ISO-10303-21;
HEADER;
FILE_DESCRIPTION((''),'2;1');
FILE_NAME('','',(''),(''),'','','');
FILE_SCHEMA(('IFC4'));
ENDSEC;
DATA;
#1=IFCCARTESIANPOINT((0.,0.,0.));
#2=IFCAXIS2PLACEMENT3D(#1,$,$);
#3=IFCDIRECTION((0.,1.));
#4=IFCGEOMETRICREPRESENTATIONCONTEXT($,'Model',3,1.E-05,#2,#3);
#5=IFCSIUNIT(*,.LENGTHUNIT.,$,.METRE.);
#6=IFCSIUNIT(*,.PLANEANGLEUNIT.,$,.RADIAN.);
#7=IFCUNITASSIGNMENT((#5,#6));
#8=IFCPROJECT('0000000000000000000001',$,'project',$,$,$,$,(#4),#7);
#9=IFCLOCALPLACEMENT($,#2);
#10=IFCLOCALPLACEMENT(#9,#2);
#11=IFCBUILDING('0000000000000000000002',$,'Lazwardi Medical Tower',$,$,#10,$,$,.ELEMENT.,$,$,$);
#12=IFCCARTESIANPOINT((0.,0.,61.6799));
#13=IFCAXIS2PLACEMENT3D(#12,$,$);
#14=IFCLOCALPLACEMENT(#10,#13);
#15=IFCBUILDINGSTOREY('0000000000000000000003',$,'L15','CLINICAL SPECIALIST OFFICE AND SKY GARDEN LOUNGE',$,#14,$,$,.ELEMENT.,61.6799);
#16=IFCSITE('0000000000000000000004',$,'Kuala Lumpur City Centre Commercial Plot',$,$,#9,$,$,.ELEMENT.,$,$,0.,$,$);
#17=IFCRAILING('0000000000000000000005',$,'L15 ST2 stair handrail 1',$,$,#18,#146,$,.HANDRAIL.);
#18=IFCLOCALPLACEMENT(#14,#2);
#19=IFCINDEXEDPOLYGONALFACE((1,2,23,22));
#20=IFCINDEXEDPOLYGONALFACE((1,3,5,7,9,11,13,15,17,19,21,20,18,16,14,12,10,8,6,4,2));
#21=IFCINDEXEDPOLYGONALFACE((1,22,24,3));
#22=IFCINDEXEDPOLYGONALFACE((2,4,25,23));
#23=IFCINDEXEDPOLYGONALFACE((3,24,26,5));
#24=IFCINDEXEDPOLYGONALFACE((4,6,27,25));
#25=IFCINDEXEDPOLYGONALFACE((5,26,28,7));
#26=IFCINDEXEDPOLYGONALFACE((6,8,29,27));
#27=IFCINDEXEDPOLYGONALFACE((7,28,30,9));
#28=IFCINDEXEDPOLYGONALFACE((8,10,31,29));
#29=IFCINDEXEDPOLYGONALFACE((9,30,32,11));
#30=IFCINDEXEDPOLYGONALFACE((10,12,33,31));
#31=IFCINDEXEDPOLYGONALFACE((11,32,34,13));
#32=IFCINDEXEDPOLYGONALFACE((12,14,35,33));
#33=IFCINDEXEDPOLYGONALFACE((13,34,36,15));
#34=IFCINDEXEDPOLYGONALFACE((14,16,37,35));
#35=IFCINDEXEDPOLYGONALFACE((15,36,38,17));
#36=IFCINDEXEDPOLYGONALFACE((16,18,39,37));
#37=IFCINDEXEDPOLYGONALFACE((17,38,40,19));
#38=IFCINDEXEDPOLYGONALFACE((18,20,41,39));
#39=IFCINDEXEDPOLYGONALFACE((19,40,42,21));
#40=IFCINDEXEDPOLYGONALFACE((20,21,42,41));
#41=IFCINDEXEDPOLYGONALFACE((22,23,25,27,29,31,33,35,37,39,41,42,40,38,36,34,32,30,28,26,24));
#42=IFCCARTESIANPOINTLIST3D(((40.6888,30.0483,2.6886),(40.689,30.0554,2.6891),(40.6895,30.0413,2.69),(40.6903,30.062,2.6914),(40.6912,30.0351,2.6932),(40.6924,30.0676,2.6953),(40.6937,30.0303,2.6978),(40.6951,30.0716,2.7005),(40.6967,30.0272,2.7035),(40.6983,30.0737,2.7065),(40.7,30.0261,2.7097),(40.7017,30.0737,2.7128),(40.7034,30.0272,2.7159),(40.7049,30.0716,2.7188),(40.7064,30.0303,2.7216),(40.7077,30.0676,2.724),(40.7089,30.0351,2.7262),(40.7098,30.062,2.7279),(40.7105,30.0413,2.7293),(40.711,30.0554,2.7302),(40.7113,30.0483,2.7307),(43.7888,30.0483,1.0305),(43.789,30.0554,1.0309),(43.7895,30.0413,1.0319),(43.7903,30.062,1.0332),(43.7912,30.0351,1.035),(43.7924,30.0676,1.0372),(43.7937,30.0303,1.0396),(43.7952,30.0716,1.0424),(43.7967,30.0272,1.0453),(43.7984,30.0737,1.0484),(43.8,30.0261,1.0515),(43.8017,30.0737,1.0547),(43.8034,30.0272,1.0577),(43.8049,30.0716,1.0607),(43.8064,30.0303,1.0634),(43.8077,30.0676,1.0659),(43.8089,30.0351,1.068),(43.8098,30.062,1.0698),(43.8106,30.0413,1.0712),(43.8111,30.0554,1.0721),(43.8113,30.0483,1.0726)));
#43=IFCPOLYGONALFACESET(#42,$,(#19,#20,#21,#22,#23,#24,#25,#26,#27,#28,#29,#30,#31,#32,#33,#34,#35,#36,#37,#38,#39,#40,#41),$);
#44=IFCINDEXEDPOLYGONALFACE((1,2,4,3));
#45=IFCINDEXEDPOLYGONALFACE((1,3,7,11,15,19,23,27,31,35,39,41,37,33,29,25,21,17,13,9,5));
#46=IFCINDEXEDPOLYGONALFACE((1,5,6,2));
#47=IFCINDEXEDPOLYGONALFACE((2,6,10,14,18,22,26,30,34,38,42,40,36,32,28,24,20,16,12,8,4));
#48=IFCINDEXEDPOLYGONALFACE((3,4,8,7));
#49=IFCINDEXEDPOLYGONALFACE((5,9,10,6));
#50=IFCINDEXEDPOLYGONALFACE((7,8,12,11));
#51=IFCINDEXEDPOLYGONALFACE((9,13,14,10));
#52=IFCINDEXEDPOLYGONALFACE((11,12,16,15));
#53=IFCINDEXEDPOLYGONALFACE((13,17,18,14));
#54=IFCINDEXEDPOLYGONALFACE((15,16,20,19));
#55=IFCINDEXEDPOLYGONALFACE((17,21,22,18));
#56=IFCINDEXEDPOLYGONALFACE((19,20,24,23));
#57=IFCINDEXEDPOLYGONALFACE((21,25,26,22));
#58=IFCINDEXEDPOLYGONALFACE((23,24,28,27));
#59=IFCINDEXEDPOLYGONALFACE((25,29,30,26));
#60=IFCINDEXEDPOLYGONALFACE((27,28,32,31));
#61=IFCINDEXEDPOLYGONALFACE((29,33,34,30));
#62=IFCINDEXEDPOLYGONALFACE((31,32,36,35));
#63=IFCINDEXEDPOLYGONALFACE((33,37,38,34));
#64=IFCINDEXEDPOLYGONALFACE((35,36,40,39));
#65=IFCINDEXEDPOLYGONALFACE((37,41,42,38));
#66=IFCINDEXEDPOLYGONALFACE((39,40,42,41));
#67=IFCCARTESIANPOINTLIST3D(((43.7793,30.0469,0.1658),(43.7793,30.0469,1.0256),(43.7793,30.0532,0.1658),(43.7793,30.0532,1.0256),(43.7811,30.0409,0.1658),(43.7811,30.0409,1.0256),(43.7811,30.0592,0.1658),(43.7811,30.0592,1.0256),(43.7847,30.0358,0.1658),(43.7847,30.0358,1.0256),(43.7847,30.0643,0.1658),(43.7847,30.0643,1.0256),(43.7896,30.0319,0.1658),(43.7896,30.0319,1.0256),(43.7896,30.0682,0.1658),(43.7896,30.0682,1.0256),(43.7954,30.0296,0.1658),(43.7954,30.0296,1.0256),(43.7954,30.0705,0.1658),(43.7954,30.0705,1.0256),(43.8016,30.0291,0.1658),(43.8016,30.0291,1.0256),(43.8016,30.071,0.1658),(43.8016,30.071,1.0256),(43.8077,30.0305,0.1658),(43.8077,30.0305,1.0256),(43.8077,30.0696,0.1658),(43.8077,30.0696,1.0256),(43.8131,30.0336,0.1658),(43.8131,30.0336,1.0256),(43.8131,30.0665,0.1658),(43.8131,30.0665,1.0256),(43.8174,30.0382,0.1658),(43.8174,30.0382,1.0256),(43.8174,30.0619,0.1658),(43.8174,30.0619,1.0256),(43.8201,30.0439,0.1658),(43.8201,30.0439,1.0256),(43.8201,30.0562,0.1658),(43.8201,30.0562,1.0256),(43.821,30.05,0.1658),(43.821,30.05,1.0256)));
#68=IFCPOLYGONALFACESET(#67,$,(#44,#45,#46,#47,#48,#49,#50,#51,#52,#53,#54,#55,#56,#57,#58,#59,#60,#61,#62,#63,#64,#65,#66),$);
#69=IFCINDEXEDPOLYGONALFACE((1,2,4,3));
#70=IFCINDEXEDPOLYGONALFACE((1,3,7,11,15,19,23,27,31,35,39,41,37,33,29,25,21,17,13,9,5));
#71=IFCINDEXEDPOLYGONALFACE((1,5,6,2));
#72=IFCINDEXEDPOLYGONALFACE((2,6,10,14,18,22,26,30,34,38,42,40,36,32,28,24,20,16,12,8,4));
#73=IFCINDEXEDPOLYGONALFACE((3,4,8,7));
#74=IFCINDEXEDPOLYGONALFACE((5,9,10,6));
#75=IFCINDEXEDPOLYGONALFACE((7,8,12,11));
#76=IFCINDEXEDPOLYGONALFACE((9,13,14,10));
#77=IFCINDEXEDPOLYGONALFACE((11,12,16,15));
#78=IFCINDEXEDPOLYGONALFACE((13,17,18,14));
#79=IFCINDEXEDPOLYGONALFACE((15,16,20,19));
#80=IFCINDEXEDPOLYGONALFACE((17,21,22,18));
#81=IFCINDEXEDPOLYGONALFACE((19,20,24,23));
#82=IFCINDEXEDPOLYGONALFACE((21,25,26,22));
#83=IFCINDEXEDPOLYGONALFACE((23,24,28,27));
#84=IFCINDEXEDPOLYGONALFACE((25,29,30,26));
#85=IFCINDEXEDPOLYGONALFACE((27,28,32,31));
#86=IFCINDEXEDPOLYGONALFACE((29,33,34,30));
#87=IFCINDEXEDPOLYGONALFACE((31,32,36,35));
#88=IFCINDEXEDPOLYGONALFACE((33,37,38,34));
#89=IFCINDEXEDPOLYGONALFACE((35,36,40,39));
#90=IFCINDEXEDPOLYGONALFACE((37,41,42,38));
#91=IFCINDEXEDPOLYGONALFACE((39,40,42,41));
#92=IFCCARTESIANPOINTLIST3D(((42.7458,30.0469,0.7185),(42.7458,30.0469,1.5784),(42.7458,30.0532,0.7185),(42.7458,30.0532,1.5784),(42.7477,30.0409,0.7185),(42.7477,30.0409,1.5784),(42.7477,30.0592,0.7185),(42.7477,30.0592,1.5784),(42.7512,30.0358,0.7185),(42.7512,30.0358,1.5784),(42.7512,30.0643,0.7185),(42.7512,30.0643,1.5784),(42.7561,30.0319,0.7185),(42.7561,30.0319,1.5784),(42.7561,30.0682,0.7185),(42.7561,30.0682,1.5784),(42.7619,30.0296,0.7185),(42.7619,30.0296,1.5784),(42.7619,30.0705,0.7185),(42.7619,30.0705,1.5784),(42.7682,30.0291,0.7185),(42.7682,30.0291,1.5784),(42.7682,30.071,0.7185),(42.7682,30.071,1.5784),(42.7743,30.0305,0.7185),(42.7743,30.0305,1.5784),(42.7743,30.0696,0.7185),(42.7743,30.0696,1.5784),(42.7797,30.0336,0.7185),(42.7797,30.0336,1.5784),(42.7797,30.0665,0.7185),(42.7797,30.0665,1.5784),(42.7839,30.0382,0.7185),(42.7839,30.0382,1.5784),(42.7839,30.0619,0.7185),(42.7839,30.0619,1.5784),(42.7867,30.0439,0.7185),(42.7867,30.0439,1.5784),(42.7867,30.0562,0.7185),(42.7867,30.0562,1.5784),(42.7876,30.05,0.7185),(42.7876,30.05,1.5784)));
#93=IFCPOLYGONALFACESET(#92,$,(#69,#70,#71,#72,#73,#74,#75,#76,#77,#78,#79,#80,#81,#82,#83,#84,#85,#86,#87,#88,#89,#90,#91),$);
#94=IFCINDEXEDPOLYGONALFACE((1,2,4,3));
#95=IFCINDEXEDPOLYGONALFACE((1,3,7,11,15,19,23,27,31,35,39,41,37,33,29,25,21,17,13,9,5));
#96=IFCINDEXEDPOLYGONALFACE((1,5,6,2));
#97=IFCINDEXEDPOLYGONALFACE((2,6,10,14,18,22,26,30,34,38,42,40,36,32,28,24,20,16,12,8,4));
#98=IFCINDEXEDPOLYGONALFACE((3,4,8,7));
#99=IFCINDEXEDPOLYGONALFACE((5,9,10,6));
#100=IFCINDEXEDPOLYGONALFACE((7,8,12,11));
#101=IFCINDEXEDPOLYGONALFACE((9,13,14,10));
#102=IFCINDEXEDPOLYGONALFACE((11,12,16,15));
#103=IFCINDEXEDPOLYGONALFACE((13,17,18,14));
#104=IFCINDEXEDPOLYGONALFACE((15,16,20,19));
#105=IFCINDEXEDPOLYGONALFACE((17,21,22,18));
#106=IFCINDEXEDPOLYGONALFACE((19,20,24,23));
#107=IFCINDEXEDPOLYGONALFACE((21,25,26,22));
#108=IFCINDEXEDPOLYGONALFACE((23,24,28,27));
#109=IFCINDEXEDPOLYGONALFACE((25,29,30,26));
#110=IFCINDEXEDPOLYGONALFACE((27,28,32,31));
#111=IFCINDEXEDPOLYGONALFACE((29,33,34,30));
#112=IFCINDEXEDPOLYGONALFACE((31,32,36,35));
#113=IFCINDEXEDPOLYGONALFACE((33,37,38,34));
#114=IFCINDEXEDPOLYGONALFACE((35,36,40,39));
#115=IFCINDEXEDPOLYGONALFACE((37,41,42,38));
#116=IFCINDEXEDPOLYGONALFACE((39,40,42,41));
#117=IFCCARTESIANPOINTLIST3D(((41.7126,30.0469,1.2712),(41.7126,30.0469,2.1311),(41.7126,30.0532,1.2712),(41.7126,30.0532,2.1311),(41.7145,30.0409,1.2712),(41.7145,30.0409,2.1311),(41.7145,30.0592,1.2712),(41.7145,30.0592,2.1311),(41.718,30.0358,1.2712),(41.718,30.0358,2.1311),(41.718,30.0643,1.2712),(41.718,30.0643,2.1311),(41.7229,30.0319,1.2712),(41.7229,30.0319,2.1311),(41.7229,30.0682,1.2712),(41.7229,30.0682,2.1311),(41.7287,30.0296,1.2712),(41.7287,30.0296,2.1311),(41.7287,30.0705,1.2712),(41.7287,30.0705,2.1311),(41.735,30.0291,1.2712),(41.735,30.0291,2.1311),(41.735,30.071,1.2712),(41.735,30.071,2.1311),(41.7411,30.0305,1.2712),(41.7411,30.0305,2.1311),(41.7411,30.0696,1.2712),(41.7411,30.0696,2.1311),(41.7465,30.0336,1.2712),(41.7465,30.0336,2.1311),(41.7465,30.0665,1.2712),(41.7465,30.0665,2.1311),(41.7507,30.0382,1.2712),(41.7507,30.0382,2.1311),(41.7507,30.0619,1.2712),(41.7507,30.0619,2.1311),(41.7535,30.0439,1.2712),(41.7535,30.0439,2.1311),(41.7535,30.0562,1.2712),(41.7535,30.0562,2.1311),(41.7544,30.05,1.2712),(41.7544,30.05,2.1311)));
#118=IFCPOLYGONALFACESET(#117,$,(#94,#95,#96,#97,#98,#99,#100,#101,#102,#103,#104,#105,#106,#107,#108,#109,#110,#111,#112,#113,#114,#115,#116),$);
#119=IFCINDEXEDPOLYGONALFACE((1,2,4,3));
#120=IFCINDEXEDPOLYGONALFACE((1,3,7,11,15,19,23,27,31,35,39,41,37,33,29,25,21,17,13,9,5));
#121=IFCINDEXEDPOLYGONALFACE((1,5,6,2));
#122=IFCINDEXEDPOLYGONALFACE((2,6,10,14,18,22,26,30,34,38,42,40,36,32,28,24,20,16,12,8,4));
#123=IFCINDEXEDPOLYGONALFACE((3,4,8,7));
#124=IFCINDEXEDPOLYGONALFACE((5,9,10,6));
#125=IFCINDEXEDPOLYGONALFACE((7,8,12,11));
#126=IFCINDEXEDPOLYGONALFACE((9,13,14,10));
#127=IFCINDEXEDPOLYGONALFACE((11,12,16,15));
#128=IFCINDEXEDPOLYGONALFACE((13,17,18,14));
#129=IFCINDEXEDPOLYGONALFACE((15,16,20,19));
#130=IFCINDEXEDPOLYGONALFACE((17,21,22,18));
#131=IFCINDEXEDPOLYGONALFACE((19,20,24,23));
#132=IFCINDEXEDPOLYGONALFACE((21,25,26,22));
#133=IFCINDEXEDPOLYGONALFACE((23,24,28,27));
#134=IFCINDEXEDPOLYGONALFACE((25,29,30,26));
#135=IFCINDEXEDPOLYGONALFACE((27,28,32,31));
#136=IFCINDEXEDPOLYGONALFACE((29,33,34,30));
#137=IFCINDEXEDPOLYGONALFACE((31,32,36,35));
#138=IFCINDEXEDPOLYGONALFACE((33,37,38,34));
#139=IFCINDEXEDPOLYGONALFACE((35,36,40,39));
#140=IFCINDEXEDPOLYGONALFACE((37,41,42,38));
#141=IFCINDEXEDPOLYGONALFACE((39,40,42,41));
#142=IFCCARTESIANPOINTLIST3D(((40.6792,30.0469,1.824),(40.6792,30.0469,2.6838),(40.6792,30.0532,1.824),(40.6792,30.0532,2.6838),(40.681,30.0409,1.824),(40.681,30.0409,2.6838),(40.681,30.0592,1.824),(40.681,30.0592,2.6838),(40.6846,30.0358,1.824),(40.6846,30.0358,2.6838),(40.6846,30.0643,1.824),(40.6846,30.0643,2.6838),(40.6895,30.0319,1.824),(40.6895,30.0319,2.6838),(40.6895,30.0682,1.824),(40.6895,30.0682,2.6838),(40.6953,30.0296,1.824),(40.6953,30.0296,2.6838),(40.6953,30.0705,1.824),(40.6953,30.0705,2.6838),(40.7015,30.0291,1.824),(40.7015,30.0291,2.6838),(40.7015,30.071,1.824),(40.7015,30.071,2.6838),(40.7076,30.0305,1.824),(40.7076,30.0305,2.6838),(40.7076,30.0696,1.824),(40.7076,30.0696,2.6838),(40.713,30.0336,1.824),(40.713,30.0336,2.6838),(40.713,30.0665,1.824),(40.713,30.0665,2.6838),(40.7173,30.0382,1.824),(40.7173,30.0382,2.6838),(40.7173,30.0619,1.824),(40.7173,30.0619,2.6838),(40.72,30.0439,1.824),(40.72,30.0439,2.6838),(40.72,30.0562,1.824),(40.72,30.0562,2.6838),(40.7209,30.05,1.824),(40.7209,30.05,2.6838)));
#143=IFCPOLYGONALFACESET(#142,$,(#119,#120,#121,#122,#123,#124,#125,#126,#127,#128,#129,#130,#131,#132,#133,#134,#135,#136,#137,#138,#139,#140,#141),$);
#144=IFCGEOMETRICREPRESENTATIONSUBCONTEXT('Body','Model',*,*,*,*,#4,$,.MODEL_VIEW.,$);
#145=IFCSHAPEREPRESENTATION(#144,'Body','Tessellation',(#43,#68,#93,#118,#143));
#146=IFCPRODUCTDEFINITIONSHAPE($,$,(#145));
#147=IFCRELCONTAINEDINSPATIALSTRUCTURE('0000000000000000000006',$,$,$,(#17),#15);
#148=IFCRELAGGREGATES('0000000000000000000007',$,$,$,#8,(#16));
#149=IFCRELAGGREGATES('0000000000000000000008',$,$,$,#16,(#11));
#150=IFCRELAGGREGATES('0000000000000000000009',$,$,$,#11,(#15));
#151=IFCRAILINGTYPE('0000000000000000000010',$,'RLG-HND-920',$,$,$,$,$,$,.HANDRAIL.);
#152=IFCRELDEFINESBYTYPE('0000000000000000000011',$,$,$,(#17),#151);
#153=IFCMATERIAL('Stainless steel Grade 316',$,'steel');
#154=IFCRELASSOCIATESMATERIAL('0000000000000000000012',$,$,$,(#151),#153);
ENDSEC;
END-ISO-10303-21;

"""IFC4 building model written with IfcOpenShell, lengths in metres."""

from ifc_helpers import new_model, si_unit, direction, frame, origin, origin_2d, place, context, subcontext, project, spatial, circle, extrude, material, type_object, element, save


model = new_model("IFC4")

# Units and contexts
model_context = context("Model", 3, precision=1e-05, world=origin(), true_north=direction((0.0, 1.0)))
body_context = subcontext(model_context, "Body", "Model", "MODEL_VIEW")
ifc_project = project(units=[si_unit("LENGTHUNIT", "METRE"), si_unit("PLANEANGLEUNIT", "RADIAN")], contexts=[model_context])

# Site, building, storey
site_placement = place(None, origin())
site = spatial("IfcSite", under=ifc_project, at=site_placement, Name="Kuala Lumpur City Centre Commercial Plot", CompositionType="ELEMENT", RefElevation=0.0)
building_placement = place(site_placement, origin())
building = spatial("IfcBuilding", under=site, at=building_placement, Name="Lazwardi Medical Tower", CompositionType="ELEMENT")
storey_placement = place(building_placement, frame((0.0, 0.0, 61.6799)))
storey = spatial("IfcBuildingStorey", under=building, at=storey_placement, Name="L15", Description="CLINICAL SPECIALIST OFFICE AND SKY GARDEN LOUNGE", CompositionType="ELEMENT", Elevation=61.6799)

# Railing
ifc_material_1 = material(Name="Stainless steel Grade 316", Category="steel")
railing_type_1 = type_object("IfcRailingType", Name="RLG-HND-920", PredefinedType="HANDRAIL", material=ifc_material_1)
railing_1_placement = place(storey_placement, frame((43.8, 30.05, 0.1658)))
element("IfcRailing", 1, at=railing_1_placement, inside=storey, type_object=railing_type_1, Name="L15 ST2 stair handrail 1", PredefinedType="HANDRAIL", context=body_context, shape_type="SweptSolid", body=[
    extrude(circle(Radius=0.0239, at=origin_2d()), frame((0.0, 0.0, 0.8857), z_axis=(-0.881783, 0.0, 0.471655), x_axis=(0.0, -1.0, 0.0)), (0.0, 0.0, 1.0), 3.5156),
    extrude(circle(Radius=0.021, at=origin_2d()), origin(), (0.0, 0.0, 1.0), 0.8599),
    extrude(circle(Radius=0.021, at=origin_2d()), frame((-1.0334, 0.0, 0.5527)), (0.0, 0.0, 1.0), 0.8599),
    extrude(circle(Radius=0.021, at=origin_2d()), frame((-2.0667, 0.0, 1.1055)), (0.0, 0.0, 1.0), 0.8599),
    extrude(circle(Radius=0.021, at=origin_2d()), frame((-3.1001, 0.0, 1.6582)), (0.0, 0.0, 1.0), 0.8599),
])

save(model, "model.ifc")
